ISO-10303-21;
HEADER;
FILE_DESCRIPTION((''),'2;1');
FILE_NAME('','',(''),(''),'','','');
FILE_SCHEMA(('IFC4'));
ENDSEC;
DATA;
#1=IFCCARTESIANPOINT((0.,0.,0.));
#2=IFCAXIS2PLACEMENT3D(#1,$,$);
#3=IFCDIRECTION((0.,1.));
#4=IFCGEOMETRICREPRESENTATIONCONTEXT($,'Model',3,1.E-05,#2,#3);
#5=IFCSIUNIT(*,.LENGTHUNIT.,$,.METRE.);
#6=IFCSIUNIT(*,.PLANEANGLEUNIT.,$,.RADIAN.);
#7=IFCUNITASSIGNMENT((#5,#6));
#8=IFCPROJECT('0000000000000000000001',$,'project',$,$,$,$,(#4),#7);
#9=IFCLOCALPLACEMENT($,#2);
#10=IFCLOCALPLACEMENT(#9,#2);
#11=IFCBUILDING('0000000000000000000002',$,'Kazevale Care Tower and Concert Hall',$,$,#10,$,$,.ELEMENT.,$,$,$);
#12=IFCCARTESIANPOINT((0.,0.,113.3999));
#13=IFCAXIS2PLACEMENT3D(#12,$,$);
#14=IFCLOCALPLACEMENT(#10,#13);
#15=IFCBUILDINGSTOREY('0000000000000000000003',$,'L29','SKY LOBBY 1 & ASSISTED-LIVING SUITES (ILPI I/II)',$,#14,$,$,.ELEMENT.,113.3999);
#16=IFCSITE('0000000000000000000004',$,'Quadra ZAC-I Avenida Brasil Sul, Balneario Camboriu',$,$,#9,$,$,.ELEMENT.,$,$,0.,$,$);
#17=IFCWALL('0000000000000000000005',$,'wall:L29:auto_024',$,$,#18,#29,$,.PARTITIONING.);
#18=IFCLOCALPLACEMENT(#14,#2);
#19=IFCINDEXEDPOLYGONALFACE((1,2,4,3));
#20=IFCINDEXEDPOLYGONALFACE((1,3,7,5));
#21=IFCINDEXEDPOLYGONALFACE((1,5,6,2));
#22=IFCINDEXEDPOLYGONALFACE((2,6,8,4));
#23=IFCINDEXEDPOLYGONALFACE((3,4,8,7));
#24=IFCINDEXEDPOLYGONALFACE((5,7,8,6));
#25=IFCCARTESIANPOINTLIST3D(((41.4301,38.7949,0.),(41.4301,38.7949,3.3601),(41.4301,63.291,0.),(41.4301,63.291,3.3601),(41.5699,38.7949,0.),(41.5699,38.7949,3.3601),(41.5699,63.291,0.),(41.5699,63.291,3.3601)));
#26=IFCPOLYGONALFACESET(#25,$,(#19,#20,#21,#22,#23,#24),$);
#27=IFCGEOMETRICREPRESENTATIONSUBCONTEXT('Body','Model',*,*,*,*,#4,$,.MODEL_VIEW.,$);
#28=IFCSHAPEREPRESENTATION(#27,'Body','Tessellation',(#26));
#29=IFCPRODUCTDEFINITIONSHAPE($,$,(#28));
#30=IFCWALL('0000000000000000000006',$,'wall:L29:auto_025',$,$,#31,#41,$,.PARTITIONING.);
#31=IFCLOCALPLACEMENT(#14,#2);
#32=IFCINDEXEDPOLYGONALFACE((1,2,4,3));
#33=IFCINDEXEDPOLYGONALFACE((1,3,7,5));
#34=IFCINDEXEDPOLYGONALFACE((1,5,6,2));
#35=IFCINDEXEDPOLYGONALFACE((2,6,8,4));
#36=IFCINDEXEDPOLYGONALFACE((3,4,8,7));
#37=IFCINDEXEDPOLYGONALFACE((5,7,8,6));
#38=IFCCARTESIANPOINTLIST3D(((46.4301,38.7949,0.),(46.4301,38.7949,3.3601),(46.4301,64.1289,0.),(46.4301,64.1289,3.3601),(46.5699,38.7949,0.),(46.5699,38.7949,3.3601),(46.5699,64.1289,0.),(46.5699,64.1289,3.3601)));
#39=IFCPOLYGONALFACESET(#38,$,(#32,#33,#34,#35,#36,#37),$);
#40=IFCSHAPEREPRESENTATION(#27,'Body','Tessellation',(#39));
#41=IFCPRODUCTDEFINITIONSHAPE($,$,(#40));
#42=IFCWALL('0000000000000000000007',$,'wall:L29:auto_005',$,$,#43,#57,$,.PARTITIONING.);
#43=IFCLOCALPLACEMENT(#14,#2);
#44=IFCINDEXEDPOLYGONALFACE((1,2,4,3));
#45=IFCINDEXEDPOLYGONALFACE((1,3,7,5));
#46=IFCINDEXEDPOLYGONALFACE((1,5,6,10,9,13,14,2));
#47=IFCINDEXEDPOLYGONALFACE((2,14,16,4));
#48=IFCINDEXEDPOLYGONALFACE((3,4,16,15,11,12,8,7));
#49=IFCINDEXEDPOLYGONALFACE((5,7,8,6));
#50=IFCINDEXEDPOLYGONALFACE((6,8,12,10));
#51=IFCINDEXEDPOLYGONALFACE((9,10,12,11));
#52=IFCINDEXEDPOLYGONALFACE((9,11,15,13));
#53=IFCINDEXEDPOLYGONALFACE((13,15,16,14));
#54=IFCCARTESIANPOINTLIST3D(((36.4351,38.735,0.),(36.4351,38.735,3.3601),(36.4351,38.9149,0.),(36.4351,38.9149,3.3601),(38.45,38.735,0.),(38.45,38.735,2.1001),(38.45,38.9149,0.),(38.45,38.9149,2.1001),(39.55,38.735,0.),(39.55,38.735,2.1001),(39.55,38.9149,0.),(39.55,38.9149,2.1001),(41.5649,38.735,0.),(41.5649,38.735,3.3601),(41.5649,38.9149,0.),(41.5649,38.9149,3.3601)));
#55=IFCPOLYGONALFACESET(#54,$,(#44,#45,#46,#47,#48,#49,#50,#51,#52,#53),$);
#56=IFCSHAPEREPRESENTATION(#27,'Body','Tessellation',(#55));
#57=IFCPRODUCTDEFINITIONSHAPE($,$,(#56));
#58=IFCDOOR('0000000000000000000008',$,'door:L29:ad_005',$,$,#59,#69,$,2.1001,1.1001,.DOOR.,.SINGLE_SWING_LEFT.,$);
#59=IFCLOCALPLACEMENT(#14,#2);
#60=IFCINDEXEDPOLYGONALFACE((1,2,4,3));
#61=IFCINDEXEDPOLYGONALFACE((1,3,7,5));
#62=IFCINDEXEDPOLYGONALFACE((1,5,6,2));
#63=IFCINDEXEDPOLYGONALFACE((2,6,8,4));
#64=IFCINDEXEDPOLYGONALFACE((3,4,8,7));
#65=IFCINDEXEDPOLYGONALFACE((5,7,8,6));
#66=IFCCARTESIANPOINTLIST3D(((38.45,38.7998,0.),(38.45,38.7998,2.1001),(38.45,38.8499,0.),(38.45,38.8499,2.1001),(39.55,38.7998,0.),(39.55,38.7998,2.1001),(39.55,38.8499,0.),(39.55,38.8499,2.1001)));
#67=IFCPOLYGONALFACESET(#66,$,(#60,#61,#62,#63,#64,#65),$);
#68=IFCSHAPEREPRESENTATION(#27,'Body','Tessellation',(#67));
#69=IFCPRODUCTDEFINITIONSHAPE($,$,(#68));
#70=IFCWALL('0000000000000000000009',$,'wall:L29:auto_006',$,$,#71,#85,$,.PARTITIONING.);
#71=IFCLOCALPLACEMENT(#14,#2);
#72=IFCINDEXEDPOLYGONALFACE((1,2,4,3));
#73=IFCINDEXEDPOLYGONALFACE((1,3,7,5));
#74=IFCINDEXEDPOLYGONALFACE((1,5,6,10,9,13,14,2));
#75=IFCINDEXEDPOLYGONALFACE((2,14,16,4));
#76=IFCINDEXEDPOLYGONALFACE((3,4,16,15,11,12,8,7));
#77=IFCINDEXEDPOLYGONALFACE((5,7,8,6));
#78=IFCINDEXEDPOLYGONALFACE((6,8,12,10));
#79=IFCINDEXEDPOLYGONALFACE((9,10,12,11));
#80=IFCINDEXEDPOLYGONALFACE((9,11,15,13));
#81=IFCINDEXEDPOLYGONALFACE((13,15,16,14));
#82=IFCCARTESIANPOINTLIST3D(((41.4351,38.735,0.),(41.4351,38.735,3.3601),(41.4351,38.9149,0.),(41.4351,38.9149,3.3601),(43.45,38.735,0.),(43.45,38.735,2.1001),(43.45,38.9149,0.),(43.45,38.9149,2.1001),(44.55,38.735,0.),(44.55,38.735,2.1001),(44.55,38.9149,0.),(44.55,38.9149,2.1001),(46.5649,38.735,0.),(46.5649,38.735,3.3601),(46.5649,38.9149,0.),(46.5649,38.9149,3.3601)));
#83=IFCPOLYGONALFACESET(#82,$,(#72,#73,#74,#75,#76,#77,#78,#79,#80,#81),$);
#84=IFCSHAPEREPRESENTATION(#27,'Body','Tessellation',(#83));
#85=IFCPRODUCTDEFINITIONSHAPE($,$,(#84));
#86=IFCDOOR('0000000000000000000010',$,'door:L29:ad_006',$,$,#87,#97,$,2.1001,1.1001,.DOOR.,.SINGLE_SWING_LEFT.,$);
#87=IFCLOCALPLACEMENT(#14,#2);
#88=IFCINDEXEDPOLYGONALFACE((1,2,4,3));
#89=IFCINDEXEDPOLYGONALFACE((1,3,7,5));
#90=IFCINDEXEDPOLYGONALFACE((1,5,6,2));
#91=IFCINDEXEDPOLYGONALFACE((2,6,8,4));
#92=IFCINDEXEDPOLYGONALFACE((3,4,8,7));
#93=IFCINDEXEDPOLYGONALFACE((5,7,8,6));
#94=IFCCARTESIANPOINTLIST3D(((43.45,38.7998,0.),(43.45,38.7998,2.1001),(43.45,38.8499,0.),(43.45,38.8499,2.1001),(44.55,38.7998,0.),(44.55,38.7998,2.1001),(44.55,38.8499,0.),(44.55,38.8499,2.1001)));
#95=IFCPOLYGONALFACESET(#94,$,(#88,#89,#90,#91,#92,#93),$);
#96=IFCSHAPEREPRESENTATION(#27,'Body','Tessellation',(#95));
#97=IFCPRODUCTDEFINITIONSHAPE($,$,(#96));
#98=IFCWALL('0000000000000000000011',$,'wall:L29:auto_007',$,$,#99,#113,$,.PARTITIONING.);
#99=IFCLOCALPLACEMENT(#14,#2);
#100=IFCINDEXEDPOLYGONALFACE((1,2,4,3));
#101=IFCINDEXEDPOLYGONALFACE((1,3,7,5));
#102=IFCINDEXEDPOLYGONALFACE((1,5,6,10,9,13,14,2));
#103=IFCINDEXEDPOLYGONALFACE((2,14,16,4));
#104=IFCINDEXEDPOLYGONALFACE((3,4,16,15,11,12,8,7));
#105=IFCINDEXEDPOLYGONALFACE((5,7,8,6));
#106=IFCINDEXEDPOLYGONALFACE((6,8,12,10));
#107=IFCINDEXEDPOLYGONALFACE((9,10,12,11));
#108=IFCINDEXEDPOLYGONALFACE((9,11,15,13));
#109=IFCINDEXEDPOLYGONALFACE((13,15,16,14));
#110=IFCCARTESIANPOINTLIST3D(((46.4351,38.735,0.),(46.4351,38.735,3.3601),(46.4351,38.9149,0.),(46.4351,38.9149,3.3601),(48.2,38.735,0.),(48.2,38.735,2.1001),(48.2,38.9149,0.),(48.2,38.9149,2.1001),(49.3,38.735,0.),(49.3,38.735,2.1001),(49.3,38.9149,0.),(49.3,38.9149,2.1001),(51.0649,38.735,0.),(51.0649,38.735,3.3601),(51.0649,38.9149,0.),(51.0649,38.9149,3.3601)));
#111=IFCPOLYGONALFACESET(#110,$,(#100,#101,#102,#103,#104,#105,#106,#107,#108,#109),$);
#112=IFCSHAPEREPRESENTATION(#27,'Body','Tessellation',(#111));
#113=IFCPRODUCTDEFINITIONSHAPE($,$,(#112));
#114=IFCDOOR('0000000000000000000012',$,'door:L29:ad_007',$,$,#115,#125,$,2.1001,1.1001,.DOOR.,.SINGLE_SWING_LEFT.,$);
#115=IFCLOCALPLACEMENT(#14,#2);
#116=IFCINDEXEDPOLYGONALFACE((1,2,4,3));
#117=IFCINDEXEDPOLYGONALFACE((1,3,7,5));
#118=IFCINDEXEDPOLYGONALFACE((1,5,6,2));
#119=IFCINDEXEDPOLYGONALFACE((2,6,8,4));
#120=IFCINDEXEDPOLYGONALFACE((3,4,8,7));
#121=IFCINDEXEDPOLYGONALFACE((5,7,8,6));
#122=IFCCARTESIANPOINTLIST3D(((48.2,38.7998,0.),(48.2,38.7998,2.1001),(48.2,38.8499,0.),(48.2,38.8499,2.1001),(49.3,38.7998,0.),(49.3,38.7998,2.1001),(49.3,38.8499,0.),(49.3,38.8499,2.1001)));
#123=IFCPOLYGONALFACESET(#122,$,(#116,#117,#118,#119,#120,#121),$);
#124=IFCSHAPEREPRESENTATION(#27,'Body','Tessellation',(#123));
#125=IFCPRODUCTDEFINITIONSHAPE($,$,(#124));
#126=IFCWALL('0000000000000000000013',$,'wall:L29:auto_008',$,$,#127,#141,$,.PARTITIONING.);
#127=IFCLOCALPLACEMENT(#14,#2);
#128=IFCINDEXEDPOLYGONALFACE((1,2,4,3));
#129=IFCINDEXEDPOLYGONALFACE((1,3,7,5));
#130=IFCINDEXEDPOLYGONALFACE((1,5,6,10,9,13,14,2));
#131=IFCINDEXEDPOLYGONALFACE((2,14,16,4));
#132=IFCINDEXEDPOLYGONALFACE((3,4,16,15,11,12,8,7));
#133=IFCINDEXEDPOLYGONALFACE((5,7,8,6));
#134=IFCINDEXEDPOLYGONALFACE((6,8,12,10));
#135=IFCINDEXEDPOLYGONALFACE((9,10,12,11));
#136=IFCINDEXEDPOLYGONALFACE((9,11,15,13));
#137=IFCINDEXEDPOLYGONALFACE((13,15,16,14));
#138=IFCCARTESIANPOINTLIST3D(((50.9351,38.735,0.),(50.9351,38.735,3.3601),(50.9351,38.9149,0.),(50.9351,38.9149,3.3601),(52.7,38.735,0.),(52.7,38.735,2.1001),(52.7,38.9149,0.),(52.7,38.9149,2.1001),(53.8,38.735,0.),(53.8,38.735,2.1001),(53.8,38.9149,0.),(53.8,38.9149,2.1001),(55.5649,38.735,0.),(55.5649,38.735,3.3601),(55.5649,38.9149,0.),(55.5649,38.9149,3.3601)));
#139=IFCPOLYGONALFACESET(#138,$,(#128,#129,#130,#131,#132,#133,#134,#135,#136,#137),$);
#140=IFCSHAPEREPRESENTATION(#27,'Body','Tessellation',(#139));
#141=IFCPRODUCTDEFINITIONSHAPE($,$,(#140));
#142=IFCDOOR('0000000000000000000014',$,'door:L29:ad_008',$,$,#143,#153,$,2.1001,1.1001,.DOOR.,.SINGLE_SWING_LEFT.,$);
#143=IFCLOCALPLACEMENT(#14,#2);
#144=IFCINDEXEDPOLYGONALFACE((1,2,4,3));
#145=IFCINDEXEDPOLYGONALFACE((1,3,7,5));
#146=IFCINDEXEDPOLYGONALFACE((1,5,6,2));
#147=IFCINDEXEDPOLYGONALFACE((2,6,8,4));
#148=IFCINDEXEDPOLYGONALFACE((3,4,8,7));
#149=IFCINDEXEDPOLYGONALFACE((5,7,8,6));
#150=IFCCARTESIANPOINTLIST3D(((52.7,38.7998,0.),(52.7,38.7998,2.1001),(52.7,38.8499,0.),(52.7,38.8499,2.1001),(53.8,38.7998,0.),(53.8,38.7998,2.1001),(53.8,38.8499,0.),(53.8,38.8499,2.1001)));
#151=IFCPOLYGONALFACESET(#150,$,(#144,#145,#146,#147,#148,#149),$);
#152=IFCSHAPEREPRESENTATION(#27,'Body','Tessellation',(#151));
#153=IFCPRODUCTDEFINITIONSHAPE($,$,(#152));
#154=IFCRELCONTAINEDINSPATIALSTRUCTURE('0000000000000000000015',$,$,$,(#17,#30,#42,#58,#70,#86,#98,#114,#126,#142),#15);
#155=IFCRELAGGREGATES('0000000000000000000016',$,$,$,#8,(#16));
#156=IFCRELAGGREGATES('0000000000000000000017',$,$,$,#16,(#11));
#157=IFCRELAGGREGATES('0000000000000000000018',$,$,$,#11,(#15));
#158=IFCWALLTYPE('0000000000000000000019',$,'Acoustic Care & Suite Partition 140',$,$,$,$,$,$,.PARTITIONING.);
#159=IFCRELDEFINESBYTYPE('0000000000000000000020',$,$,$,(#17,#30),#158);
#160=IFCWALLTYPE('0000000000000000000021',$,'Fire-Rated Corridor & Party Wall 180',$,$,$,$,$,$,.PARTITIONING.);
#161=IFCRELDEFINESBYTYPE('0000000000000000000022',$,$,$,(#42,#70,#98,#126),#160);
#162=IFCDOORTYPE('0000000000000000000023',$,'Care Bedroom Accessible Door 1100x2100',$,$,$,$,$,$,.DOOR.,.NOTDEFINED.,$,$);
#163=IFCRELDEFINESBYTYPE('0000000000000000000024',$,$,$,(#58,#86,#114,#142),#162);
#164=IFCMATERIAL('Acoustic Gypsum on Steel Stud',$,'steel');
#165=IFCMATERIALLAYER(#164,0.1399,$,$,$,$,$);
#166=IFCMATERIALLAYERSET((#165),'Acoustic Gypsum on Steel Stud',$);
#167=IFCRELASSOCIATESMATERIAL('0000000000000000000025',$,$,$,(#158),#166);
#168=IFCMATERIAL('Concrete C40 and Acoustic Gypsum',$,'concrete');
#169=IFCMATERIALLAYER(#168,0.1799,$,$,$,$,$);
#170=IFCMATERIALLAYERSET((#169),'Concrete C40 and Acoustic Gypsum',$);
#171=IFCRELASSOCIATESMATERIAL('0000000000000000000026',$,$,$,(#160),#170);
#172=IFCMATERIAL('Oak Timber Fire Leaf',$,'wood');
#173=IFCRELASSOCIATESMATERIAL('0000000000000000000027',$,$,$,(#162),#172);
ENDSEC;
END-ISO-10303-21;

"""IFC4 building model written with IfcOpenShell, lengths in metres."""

from ifc_helpers import new_model, si_unit, direction, frame, frame_2d, origin, place, context, subcontext, project, spatial, rectangle, extrude, material, layer, layer_set, type_object, element, fill, save


model = new_model("IFC4")

# Units and contexts
model_context = context("Model", 3, precision=1e-05, world=origin(), true_north=direction((0.0, 1.0)))
body_context = subcontext(model_context, "Body", "Model", "MODEL_VIEW")
ifc_project = project(units=[si_unit("LENGTHUNIT", "METRE"), si_unit("PLANEANGLEUNIT", "RADIAN")], contexts=[model_context])

# Site, building, storey
site_placement = place(None, origin())
site = spatial("IfcSite", under=ifc_project, at=site_placement, Name="Quadra ZAC-I Avenida Brasil Sul, Balneario Camboriu", CompositionType="ELEMENT", RefElevation=0.0)
building_placement = place(site_placement, origin())
building = spatial("IfcBuilding", under=site, at=building_placement, Name="Kazevale Care Tower and Concert Hall", CompositionType="ELEMENT")
storey_placement = place(building_placement, frame((0.0, 0.0, 113.3999)))
storey = spatial("IfcBuildingStorey", under=building, at=storey_placement, Name="L29", Description="SKY LOBBY 1 & ASSISTED-LIVING SUITES (ILPI I/II)", CompositionType="ELEMENT", Elevation=113.3999)

# Walls
ifc_material_1 = material(Name="Acoustic Gypsum on Steel Stud", Category="steel")
ifc_layer_1 = layer(ifc_material_1, 0.1399)
ifc_layer_set_1 = layer_set([ifc_layer_1], Name="Acoustic Gypsum on Steel Stud")
wall_type_1 = type_object("IfcWallType", Name="Acoustic Care & Suite Partition 140", PredefinedType="PARTITIONING", material=ifc_layer_set_1)
wall_1_placement = place(storey_placement, frame((41.5, 63.291, 0.0), z_axis=(0.0, 0.0, 1.0), x_axis=(0.0, -1.0, 0.0)))
element("IfcWall", 1, at=wall_1_placement, inside=storey, type_object=wall_type_1, Name="wall:L29:auto_024", PredefinedType="PARTITIONING", context=body_context, shape_type="SweptSolid", body=[
    extrude(rectangle(XDim=24.4961, YDim=0.1399, at=frame_2d((12.248, 0.0))), origin(), (0.0, 0.0, 1.0), 3.3601),
])
wall_2_placement = place(storey_placement, frame((46.5, 64.1289, 0.0), z_axis=(0.0, 0.0, 1.0), x_axis=(0.0, -1.0, 0.0)))
element("IfcWall", 2, at=wall_2_placement, inside=storey, type_object=wall_type_1, Name="wall:L29:auto_025", PredefinedType="PARTITIONING", context=body_context, shape_type="SweptSolid", body=[
    extrude(rectangle(XDim=25.334, YDim=0.1399, at=frame_2d((12.667, 0.0))), origin(), (0.0, 0.0, 1.0), 3.3601),
])

# Walls, openings, doors
ifc_material_2 = material(Name="Concrete C40 and Acoustic Gypsum", Category="concrete")
ifc_layer_2 = layer(ifc_material_2, 0.1799)
ifc_layer_set_2 = layer_set([ifc_layer_2], Name="Concrete C40 and Acoustic Gypsum")
wall_type_2 = type_object("IfcWallType", Name="Fire-Rated Corridor & Party Wall 180", PredefinedType="PARTITIONING", material=ifc_layer_set_2)
wall_3_placement = place(storey_placement, frame((36.4351, 38.825, 0.0), z_axis=(0.0, 0.0, 1.0), x_axis=(1.0, 0.0, 0.0)))
wall_3 = element("IfcWall", 3, at=wall_3_placement, inside=storey, type_object=wall_type_2, Name="wall:L29:auto_005", PredefinedType="PARTITIONING", context=body_context, shape_type="SweptSolid", body=[
    extrude(rectangle(XDim=5.1299, YDim=0.1799, at=frame_2d((2.5649, 0.0))), origin(), (0.0, 0.0, 1.0), 3.3601),
])
opening_1_placement = place(wall_3_placement, frame((2.0149, 0.0, 0.0)))
opening_1 = element("IfcOpeningElement", 4, at=opening_1_placement, cuts=wall_3, PredefinedType="OPENING", context=body_context, shape_type="SweptSolid", body=[
    extrude(rectangle(XDim=1.1001, YDim=2.1001, at=frame_2d((0.55, 1.05))), frame((0.0, 0.0999, 0.0), z_axis=(0.0, -1.0, 0.0), x_axis=(1.0, 0.0, 0.0)), (0.0, 0.0, 1.0), 0.2),
])
ifc_material_3 = material(Name="Oak Timber Fire Leaf", Category="wood")
door_type = type_object("IfcDoorType", Name="Care Bedroom Accessible Door 1100x2100", OperationType="NOTDEFINED", PredefinedType="DOOR", material=ifc_material_3)
door_1_placement = place(opening_1_placement, origin())
door_1 = element("IfcDoor", 5, at=door_1_placement, inside=storey, type_object=door_type, Name="door:L29:ad_005", OperationType="SINGLE_SWING_LEFT", OverallHeight=2.1001, OverallWidth=1.1001, PredefinedType="DOOR", context=body_context, shape_type="SweptSolid", body=[
    extrude(rectangle(XDim=1.1001, YDim=2.1001, at=frame_2d((0.55, 1.05))), frame((0.0, 0.0249, 0.0), z_axis=(0.0, -1.0, 0.0), x_axis=(1.0, 0.0, 0.0)), (0.0, 0.0, 1.0), 0.05),
])
fill(opening_1, door_1)
wall_4_placement = place(storey_placement, frame((41.4351, 38.825, 0.0), z_axis=(0.0, 0.0, 1.0), x_axis=(1.0, 0.0, 0.0)))
wall_4 = element("IfcWall", 6, at=wall_4_placement, inside=storey, type_object=wall_type_2, Name="wall:L29:auto_006", PredefinedType="PARTITIONING", context=body_context, shape_type="SweptSolid", body=[
    extrude(rectangle(XDim=5.1299, YDim=0.1799, at=frame_2d((2.5649, 0.0))), origin(), (0.0, 0.0, 1.0), 3.3601),
])
opening_2_placement = place(wall_4_placement, frame((2.0149, 0.0, 0.0)))
opening_2 = element("IfcOpeningElement", 7, at=opening_2_placement, cuts=wall_4, PredefinedType="OPENING", context=body_context, shape_type="SweptSolid", body=[
    extrude(rectangle(XDim=1.1001, YDim=2.1001, at=frame_2d((0.55, 1.05))), frame((0.0, 0.0999, 0.0), z_axis=(0.0, -1.0, 0.0), x_axis=(1.0, 0.0, 0.0)), (0.0, 0.0, 1.0), 0.2),
])
door_2_placement = place(opening_2_placement, origin())
door_2 = element("IfcDoor", 8, at=door_2_placement, inside=storey, type_object=door_type, Name="door:L29:ad_006", OperationType="SINGLE_SWING_LEFT", OverallHeight=2.1001, OverallWidth=1.1001, PredefinedType="DOOR", context=body_context, shape_type="SweptSolid", body=[
    extrude(rectangle(XDim=1.1001, YDim=2.1001, at=frame_2d((0.55, 1.05))), frame((0.0, 0.0249, 0.0), z_axis=(0.0, -1.0, 0.0), x_axis=(1.0, 0.0, 0.0)), (0.0, 0.0, 1.0), 0.05),
])
fill(opening_2, door_2)
wall_5_placement = place(storey_placement, frame((46.4351, 38.825, 0.0), z_axis=(0.0, 0.0, 1.0), x_axis=(1.0, 0.0, 0.0)))
wall_5 = element("IfcWall", 9, at=wall_5_placement, inside=storey, type_object=wall_type_2, Name="wall:L29:auto_007", PredefinedType="PARTITIONING", context=body_context, shape_type="SweptSolid", body=[
    extrude(rectangle(XDim=4.6299, YDim=0.1799, at=frame_2d((2.3149, 0.0))), origin(), (0.0, 0.0, 1.0), 3.3601),
])
opening_3_placement = place(wall_5_placement, frame((1.7649, 0.0, 0.0)))
opening_3 = element("IfcOpeningElement", 10, at=opening_3_placement, cuts=wall_5, PredefinedType="OPENING", context=body_context, shape_type="SweptSolid", body=[
    extrude(rectangle(XDim=1.1001, YDim=2.1001, at=frame_2d((0.55, 1.05))), frame((0.0, 0.0999, 0.0), z_axis=(0.0, -1.0, 0.0), x_axis=(1.0, 0.0, 0.0)), (0.0, 0.0, 1.0), 0.2),
])
door_3_placement = place(opening_3_placement, origin())
door_3 = element("IfcDoor", 11, at=door_3_placement, inside=storey, type_object=door_type, Name="door:L29:ad_007", OperationType="SINGLE_SWING_LEFT", OverallHeight=2.1001, OverallWidth=1.1001, PredefinedType="DOOR", context=body_context, shape_type="SweptSolid", body=[
    extrude(rectangle(XDim=1.1001, YDim=2.1001, at=frame_2d((0.55, 1.05))), frame((0.0, 0.0249, 0.0), z_axis=(0.0, -1.0, 0.0), x_axis=(1.0, 0.0, 0.0)), (0.0, 0.0, 1.0), 0.05),
])
fill(opening_3, door_3)
wall_6_placement = place(storey_placement, frame((50.9351, 38.825, 0.0), z_axis=(0.0, 0.0, 1.0), x_axis=(1.0, 0.0, 0.0)))
wall_6 = element("IfcWall", 12, at=wall_6_placement, inside=storey, type_object=wall_type_2, Name="wall:L29:auto_008", PredefinedType="PARTITIONING", context=body_context, shape_type="SweptSolid", body=[
    extrude(rectangle(XDim=4.6299, YDim=0.1799, at=frame_2d((2.3149, 0.0))), origin(), (0.0, 0.0, 1.0), 3.3601),
])
opening_4_placement = place(wall_6_placement, frame((1.7649, 0.0, 0.0)))
opening_4 = element("IfcOpeningElement", 13, at=opening_4_placement, cuts=wall_6, PredefinedType="OPENING", context=body_context, shape_type="SweptSolid", body=[
    extrude(rectangle(XDim=1.1001, YDim=2.1001, at=frame_2d((0.55, 1.05))), frame((0.0, 0.0999, 0.0), z_axis=(0.0, -1.0, 0.0), x_axis=(1.0, 0.0, 0.0)), (0.0, 0.0, 1.0), 0.2),
])
door_4_placement = place(opening_4_placement, origin())
door_4 = element("IfcDoor", 14, at=door_4_placement, inside=storey, type_object=door_type, Name="door:L29:ad_008", OperationType="SINGLE_SWING_LEFT", OverallHeight=2.1001, OverallWidth=1.1001, PredefinedType="DOOR", context=body_context, shape_type="SweptSolid", body=[
    extrude(rectangle(XDim=1.1001, YDim=2.1001, at=frame_2d((0.55, 1.05))), frame((0.0, 0.0249, 0.0), z_axis=(0.0, -1.0, 0.0), x_axis=(1.0, 0.0, 0.0)), (0.0, 0.0, 1.0), 0.05),
])
fill(opening_4, door_4)

save(model, "model.ifc")
